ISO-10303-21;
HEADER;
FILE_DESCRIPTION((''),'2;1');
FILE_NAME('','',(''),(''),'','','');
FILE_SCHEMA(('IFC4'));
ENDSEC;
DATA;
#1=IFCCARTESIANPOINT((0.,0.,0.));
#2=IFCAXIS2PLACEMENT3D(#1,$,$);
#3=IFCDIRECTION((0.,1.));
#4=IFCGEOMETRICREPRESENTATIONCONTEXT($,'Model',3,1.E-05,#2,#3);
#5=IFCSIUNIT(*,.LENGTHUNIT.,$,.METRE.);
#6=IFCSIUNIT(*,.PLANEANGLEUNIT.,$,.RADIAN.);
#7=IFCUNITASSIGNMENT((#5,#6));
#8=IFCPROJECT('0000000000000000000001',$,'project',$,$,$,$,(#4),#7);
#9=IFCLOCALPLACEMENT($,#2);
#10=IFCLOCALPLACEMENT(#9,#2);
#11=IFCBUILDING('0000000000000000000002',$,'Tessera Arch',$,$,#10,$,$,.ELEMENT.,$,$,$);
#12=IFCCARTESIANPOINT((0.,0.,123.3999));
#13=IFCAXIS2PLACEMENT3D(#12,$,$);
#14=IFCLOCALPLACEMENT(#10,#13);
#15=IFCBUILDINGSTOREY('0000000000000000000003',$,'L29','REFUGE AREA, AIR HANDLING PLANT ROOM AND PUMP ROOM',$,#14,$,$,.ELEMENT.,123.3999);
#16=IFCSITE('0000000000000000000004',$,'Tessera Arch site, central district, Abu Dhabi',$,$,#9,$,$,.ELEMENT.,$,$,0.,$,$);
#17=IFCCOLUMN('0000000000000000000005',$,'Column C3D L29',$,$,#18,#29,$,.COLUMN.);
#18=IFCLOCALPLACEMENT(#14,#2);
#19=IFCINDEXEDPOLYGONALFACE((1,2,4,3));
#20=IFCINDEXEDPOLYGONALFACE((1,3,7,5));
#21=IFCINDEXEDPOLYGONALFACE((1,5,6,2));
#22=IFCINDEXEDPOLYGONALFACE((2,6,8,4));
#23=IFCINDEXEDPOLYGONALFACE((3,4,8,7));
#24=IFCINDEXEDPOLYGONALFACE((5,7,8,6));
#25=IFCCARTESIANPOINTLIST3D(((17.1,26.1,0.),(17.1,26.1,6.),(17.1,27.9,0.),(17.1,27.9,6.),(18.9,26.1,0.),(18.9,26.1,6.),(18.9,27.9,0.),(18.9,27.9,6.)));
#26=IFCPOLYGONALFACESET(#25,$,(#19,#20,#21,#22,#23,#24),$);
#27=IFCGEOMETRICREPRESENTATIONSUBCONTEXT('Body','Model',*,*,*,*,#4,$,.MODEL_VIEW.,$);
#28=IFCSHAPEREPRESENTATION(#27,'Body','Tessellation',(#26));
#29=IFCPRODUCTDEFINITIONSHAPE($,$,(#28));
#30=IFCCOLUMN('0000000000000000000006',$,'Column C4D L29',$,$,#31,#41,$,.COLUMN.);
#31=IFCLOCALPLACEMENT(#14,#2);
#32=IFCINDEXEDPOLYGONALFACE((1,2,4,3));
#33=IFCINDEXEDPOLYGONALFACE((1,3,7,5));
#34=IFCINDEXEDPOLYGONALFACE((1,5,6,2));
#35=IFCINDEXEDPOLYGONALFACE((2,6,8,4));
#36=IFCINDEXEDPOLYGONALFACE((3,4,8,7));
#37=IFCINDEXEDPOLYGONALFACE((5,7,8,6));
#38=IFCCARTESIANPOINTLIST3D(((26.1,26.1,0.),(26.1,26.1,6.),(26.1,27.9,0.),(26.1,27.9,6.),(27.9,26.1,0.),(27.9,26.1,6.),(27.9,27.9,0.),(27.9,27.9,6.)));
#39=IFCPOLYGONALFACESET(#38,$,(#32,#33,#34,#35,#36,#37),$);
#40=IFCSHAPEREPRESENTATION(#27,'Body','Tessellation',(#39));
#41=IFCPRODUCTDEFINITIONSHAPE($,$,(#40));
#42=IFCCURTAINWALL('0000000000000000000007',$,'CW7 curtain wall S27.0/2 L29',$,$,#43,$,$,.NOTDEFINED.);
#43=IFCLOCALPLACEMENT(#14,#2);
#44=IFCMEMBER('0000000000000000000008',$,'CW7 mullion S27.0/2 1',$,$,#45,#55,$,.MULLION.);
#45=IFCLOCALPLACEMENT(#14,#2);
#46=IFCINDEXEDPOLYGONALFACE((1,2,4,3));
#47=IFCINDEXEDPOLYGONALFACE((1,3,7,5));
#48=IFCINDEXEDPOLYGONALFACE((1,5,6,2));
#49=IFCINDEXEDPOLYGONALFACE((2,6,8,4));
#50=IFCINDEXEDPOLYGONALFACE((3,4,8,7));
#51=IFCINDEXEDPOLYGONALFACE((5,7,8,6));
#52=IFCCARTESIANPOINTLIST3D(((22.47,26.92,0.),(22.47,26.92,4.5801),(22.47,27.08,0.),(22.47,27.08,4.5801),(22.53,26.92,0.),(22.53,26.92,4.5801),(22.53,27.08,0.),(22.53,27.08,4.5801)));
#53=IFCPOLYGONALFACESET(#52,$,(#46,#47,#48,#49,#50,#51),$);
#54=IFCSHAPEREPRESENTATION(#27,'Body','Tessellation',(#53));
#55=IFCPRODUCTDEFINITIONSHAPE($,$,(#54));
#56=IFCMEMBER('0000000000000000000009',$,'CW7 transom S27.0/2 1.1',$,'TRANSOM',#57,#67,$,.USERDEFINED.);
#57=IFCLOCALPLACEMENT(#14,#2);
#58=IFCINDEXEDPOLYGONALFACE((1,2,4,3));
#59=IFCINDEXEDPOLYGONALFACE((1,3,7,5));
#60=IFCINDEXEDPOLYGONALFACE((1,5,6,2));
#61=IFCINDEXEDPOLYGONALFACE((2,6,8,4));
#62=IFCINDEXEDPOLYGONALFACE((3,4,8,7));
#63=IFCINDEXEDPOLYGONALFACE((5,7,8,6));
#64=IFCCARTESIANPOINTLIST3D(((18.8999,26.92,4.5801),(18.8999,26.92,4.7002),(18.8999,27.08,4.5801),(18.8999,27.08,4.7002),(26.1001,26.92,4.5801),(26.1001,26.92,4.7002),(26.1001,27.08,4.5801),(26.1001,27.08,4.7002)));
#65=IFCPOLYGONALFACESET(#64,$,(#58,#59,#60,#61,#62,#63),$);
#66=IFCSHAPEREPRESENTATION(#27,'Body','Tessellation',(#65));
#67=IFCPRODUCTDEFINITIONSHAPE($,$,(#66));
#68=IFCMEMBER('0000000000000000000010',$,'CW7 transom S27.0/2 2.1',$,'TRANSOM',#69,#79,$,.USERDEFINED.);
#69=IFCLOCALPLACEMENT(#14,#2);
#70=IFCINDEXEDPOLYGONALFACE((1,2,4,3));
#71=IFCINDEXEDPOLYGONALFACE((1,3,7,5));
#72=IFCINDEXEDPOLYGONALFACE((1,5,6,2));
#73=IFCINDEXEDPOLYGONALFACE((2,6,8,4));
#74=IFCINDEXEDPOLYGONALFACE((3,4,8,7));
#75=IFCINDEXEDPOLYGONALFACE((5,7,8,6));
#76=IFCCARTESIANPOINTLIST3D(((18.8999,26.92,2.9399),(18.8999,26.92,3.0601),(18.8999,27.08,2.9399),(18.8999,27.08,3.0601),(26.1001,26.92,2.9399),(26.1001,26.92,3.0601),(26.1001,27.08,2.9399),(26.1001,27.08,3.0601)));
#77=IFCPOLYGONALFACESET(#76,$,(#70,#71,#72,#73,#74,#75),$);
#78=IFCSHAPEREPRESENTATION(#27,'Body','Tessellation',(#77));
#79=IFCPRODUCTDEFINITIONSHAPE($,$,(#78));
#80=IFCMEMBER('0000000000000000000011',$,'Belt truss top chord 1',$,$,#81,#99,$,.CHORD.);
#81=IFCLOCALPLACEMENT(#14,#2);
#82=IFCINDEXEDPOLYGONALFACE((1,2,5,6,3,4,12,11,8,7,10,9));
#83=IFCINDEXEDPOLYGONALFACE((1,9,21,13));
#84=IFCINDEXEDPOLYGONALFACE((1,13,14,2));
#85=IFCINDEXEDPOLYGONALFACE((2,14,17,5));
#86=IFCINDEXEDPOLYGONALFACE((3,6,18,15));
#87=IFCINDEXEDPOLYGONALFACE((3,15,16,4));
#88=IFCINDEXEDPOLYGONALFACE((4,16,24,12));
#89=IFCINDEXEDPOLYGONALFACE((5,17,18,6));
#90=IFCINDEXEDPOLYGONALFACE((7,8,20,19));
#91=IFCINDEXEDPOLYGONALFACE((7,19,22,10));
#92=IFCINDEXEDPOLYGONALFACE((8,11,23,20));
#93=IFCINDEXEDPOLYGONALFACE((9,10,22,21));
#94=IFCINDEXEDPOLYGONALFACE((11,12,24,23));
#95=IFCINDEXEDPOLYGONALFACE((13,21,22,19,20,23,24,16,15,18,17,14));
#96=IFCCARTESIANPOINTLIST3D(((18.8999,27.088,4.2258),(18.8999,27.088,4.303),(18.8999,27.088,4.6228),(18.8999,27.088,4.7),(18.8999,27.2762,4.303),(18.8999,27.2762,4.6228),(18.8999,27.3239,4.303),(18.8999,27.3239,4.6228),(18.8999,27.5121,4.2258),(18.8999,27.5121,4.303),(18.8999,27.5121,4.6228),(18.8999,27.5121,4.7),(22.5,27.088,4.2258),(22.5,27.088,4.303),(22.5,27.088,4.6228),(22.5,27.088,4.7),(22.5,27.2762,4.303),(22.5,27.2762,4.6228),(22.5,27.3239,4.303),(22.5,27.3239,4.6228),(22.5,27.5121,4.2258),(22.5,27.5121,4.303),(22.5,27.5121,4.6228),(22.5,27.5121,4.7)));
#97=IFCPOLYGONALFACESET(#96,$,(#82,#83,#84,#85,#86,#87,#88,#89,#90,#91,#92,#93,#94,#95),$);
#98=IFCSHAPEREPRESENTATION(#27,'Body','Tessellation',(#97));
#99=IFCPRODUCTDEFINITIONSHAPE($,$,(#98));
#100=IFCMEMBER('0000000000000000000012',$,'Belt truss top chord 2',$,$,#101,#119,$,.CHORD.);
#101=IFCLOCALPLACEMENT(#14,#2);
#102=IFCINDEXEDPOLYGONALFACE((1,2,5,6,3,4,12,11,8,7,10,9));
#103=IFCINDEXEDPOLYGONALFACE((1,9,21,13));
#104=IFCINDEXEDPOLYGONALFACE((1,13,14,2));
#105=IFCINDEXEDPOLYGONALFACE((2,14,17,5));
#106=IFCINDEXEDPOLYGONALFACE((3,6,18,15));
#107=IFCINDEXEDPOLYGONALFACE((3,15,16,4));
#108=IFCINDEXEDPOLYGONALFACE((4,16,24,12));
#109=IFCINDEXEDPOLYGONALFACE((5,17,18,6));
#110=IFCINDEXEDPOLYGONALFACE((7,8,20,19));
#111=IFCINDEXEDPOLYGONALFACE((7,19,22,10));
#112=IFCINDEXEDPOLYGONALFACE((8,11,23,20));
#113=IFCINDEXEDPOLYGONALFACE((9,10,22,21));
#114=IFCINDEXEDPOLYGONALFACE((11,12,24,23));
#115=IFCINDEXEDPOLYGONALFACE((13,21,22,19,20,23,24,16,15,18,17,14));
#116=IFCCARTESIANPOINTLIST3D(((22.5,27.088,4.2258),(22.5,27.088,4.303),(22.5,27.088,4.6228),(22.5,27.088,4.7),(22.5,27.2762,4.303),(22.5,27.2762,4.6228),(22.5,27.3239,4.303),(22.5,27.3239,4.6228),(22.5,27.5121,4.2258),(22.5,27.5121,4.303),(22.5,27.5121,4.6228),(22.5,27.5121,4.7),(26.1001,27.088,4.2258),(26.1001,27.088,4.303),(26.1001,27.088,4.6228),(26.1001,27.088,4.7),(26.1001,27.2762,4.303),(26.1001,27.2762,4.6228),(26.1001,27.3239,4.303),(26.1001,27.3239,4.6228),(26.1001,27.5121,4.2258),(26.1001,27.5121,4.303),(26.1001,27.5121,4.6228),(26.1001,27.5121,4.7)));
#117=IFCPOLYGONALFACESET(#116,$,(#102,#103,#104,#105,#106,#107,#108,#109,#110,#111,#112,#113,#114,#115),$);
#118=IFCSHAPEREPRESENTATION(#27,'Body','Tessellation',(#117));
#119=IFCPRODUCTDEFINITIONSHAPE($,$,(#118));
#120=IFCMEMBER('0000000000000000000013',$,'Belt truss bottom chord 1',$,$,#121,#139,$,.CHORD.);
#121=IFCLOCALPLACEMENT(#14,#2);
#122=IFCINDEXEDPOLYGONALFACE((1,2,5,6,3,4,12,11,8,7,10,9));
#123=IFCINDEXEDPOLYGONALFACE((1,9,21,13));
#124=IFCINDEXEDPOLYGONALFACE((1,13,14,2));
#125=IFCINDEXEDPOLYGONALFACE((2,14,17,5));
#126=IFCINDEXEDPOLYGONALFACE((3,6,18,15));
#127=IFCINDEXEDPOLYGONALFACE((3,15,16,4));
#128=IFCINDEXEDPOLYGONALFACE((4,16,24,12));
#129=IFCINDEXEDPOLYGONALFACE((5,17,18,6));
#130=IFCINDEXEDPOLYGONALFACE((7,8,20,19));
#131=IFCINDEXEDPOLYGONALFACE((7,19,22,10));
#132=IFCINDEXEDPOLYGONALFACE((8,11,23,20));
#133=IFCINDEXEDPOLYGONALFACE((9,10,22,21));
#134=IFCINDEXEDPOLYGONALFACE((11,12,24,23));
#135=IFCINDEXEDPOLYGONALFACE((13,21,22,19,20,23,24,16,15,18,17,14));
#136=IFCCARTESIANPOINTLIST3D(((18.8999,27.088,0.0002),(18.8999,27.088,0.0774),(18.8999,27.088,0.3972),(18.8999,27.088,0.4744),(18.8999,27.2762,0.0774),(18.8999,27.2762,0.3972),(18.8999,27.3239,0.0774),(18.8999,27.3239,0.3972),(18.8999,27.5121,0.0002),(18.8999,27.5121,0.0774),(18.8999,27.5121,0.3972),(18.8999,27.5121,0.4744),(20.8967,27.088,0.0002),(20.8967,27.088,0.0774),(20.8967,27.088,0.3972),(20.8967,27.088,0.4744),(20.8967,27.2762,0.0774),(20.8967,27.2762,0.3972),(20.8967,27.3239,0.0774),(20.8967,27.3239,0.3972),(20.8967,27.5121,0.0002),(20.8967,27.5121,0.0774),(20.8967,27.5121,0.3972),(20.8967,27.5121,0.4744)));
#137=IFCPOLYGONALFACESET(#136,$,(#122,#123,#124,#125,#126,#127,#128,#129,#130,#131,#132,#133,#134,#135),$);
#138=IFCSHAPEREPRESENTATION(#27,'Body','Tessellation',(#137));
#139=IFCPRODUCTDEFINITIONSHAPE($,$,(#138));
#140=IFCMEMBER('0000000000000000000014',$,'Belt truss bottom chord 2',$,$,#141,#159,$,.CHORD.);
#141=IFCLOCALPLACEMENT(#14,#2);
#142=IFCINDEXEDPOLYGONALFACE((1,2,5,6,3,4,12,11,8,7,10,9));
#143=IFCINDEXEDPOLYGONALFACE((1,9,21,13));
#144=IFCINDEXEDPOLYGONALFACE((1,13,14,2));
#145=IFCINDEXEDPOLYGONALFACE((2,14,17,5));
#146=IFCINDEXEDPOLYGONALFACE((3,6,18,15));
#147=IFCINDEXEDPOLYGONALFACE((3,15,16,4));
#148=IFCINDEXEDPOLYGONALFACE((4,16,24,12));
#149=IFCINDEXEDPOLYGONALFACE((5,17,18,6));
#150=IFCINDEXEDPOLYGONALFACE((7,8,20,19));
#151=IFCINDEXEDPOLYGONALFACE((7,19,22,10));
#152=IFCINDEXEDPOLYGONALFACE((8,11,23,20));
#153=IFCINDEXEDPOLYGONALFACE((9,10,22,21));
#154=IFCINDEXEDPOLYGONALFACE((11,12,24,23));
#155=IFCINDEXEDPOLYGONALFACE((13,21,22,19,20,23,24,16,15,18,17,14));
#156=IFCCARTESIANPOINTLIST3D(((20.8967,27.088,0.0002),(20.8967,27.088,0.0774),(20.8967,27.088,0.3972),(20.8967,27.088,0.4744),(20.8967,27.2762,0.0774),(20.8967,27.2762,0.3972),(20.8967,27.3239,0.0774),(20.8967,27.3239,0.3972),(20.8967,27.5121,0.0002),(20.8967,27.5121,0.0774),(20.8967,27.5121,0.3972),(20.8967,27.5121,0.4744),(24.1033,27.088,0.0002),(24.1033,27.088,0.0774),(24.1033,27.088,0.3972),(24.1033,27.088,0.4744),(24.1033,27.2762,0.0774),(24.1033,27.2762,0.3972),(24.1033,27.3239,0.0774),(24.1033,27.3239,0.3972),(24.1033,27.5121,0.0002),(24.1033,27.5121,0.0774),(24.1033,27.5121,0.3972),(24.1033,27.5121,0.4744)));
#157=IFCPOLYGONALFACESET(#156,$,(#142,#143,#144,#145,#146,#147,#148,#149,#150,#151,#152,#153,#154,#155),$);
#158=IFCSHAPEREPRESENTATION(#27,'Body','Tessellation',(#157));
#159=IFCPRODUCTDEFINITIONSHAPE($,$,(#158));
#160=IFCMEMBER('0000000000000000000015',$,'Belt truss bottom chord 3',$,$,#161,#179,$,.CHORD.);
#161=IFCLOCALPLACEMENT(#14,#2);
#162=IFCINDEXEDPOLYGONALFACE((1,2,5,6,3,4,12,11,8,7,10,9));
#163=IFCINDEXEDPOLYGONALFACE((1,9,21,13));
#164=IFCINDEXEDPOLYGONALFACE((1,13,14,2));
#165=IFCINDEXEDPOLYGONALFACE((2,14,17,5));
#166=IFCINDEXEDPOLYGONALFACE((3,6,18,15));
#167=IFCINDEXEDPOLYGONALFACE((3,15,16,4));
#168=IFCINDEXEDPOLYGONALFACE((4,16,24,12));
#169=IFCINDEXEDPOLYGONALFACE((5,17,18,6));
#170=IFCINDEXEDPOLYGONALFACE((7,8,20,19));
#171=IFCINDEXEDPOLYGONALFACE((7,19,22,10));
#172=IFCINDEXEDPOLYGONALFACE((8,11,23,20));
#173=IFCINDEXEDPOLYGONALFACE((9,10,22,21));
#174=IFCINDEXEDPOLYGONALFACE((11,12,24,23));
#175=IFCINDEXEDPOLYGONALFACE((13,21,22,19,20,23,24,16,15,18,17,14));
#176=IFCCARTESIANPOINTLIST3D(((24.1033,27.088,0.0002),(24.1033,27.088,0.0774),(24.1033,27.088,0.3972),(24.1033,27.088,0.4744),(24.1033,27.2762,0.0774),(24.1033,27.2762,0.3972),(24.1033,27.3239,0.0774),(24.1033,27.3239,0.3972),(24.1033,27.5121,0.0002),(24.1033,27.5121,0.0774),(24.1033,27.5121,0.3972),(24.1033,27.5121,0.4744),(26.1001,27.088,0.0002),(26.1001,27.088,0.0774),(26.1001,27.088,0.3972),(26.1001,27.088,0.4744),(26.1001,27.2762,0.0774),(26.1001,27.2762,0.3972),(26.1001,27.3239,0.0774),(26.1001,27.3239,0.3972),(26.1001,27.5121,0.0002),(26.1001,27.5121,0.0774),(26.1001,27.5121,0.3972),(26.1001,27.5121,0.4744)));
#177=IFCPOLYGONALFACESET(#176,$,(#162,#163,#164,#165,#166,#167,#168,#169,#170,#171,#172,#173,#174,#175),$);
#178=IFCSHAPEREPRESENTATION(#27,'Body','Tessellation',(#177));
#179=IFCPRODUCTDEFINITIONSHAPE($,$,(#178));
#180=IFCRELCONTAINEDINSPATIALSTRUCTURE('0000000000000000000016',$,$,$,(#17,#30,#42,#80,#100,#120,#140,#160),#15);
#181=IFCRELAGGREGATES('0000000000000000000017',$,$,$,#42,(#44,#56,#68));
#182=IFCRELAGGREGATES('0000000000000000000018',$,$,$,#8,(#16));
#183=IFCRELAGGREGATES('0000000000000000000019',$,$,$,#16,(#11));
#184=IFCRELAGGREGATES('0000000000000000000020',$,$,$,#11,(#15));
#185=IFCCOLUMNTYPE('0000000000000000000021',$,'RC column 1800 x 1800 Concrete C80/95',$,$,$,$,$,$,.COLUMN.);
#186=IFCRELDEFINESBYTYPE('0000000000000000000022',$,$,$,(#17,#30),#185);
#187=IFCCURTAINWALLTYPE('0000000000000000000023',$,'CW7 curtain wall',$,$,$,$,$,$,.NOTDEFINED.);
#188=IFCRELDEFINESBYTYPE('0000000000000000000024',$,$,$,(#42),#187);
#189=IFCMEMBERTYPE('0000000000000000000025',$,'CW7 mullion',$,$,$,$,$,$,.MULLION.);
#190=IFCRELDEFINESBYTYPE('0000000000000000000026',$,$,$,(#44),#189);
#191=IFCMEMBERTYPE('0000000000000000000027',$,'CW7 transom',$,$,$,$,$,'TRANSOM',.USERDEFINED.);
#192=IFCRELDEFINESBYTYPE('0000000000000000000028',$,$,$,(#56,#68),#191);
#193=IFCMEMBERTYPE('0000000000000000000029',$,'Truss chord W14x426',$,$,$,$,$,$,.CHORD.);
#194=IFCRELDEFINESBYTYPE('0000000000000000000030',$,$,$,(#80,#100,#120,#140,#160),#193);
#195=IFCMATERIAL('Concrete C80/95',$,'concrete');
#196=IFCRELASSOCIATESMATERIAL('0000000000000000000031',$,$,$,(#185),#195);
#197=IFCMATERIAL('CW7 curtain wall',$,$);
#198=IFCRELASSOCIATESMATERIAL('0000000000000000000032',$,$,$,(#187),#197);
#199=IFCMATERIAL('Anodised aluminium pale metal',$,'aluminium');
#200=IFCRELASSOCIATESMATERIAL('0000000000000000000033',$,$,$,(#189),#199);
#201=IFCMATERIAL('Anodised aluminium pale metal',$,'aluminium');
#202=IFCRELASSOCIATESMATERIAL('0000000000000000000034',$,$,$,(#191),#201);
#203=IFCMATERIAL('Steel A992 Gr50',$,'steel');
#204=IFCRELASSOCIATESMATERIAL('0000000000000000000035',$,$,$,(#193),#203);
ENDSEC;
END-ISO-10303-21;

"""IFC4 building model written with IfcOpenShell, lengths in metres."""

from ifc_helpers import new_model, si_unit, direction, frame, origin, origin_2d, place, context, subcontext, project, spatial, rectangle, i_section, extrude, material, material_profile, profile_set, type_object, element, aggregate, save


model = new_model("IFC4")

# Units and contexts
model_context = context("Model", 3, precision=1e-05, world=origin(), true_north=direction((0.0, 1.0)))
body_context = subcontext(model_context, "Body", "Model", "MODEL_VIEW")
ifc_project = project(units=[si_unit("LENGTHUNIT", "METRE"), si_unit("PLANEANGLEUNIT", "RADIAN")], contexts=[model_context])

# Site, building, storey
site_placement = place(None, origin())
site = spatial("IfcSite", under=ifc_project, at=site_placement, Name="Tessera Arch site, central district, Abu Dhabi", CompositionType="ELEMENT", RefElevation=0.0)
building_placement = place(site_placement, origin())
building = spatial("IfcBuilding", under=site, at=building_placement, Name="Tessera Arch", CompositionType="ELEMENT")
storey_placement = place(building_placement, frame((0.0, 0.0, 123.3999)))
storey = spatial("IfcBuildingStorey", under=building, at=storey_placement, Name="L29", Description="REFUGE AREA, AIR HANDLING PLANT ROOM AND PUMP ROOM", CompositionType="ELEMENT", Elevation=123.3999)

# Columns
ifc_material_1 = material(Name="Concrete C80/95", Category="concrete")
ifc_material_profile_1 = material_profile(ifc_material_1, rectangle(XDim=1.8, YDim=1.8, at=origin_2d()), Name="RC column 1800 x 1800 Concrete C80/95")
ifc_profile_set_1 = profile_set([ifc_material_profile_1], Name="Concrete C80/95")
column_type = type_object("IfcColumnType", Name="RC column 1800 x 1800 Concrete C80/95", PredefinedType="COLUMN", material=ifc_profile_set_1)
for number, where, z_axis, x_axis, name in (
    (1, (18.0, 27.0, 0.0), (0.0, 0.0, 1.0), (1.0, 0.0, 0.0), "Column C3D L29"),
    (2, (27.0, 27.0, 0.0), (0.0, 0.0, 1.0), (1.0, 0.0, 0.0), "Column C4D L29"),
):
    element("IfcColumn", number, at=place(storey_placement, frame(where, z_axis=z_axis, x_axis=x_axis)), inside=storey, type_object=column_type, Name=name, PredefinedType="COLUMN", context=body_context, shape_type="SweptSolid", body=[
        extrude(rectangle(XDim=1.8, YDim=1.8, at=origin_2d()), origin(), (0.0, 0.0, 1.0), 6.0),
    ])

# Curtain wall, members
ifc_material_2 = material(Name="CW7 curtain wall")
curtain_wall_type = type_object("IfcCurtainWallType", Name="CW7 curtain wall", PredefinedType="NOTDEFINED", material=ifc_material_2)
curtain_wall_1_placement = place(storey_placement, origin())
curtain_wall_1 = element("IfcCurtainWall", 3, at=curtain_wall_1_placement, inside=storey, type_object=curtain_wall_type, Name="CW7 curtain wall S27.0/2 L29", PredefinedType="NOTDEFINED")
ifc_material_3 = material(Name="Anodised aluminium pale metal", Category="aluminium")
ifc_material_profile_2 = material_profile(ifc_material_3, rectangle(XDim=0.1599, YDim=0.0601, at=origin_2d()), Name="AL 60x160")
ifc_profile_set_2 = profile_set([ifc_material_profile_2], Name="Anodised aluminium pale metal")
member_type_1 = type_object("IfcMemberType", Name="CW7 mullion", PredefinedType="MULLION", material=ifc_profile_set_2)
member_1_placement = place(storey_placement, frame((22.5, 27.0, 0.0), z_axis=(0.0, 0.0, 1.0), x_axis=(0.0, 1.0, 0.0)))
member_1 = element("IfcMember", 4, at=member_1_placement, type_object=member_type_1, Name="CW7 mullion S27.0/2 1", PredefinedType="MULLION", context=body_context, shape_type="SweptSolid", body=[
    extrude(rectangle(XDim=0.1599, YDim=0.0601, at=origin_2d()), origin(), (0.0, 0.0, 1.0), 4.5801),
])
ifc_material_4 = material(Name="Anodised aluminium pale metal", Category="aluminium")
ifc_material_profile_3 = material_profile(ifc_material_4, rectangle(XDim=0.1599, YDim=0.1201, at=origin_2d()), Name="AL 160x120")
ifc_profile_set_3 = profile_set([ifc_material_profile_3], Name="Anodised aluminium pale metal")
member_type_2 = type_object("IfcMemberType", Name="CW7 transom", ElementType="TRANSOM", PredefinedType="USERDEFINED", material=ifc_profile_set_3)
member_2_placement = place(storey_placement, frame((18.8999, 27.0, 4.6401), z_axis=(1.0, 0.0, 0.0), x_axis=(0.0, 1.0, 0.0)))
member_2 = element("IfcMember", 5, at=member_2_placement, type_object=member_type_2, Name="CW7 transom S27.0/2 1.1", ObjectType="TRANSOM", PredefinedType="USERDEFINED", context=body_context, shape_type="SweptSolid", body=[
    extrude(rectangle(XDim=0.1599, YDim=0.1201, at=origin_2d()), origin(), (0.0, 0.0, 1.0), 7.2002),
])
member_3_placement = place(storey_placement, frame((18.8999, 27.0, 3.0), z_axis=(1.0, 0.0, 0.0), x_axis=(0.0, 1.0, 0.0)))
member_3 = element("IfcMember", 6, at=member_3_placement, type_object=member_type_2, Name="CW7 transom S27.0/2 2.1", ObjectType="TRANSOM", PredefinedType="USERDEFINED", context=body_context, shape_type="SweptSolid", body=[
    extrude(rectangle(XDim=0.1599, YDim=0.1201, at=origin_2d()), origin(), (0.0, 0.0, 1.0), 7.2002),
])

# Members
ifc_material_5 = material(Name="Steel A992 Gr50", Category="steel")
ifc_material_profile_4 = material_profile(ifc_material_5, i_section(OverallWidth=0.4241, OverallDepth=0.4741, WebThickness=0.0476, FlangeThickness=0.0771, at=origin_2d()), Name="W14x426")
ifc_profile_set_4 = profile_set([ifc_material_profile_4], Name="Steel A992 Gr50")
member_type_3 = type_object("IfcMemberType", Name="Truss chord W14x426", PredefinedType="CHORD", material=ifc_profile_set_4)
for number, where, z_axis, x_axis, name in (
    (7, (18.8999, 27.3, 4.4629), (1.0, 0.0, 0.0), (0.0, 1.0, 0.0), "Belt truss top chord 1"),
    (8, (22.5, 27.3, 4.4629), (1.0, 0.0, 0.0), (0.0, 1.0, 0.0), "Belt truss top chord 2"),
):
    element("IfcMember", number, at=place(storey_placement, frame(where, z_axis=z_axis, x_axis=x_axis)), inside=storey, type_object=member_type_3, Name=name, PredefinedType="CHORD", context=body_context, shape_type="SweptSolid", body=[
        extrude(i_section(OverallWidth=0.4241, OverallDepth=0.4741, WebThickness=0.0476, FlangeThickness=0.0771, at=origin_2d()), origin(), (0.0, 0.0, 1.0), 3.6001),
    ])
member_4_placement = place(storey_placement, frame((18.8999, 27.3, 0.2373), z_axis=(1.0, 0.0, 0.0), x_axis=(0.0, 1.0, 0.0)))
element("IfcMember", 9, at=member_4_placement, inside=storey, type_object=member_type_3, Name="Belt truss bottom chord 1", PredefinedType="CHORD", context=body_context, shape_type="SweptSolid", body=[
    extrude(i_section(OverallWidth=0.4241, OverallDepth=0.4741, WebThickness=0.0476, FlangeThickness=0.0771, at=origin_2d()), origin(), (0.0, 0.0, 1.0), 1.9968),
])
member_5_placement = place(storey_placement, frame((20.8967, 27.3, 0.2373), z_axis=(1.0, 0.0, 0.0), x_axis=(0.0, 1.0, 0.0)))
element("IfcMember", 10, at=member_5_placement, inside=storey, type_object=member_type_3, Name="Belt truss bottom chord 2", PredefinedType="CHORD", context=body_context, shape_type="SweptSolid", body=[
    extrude(i_section(OverallWidth=0.4241, OverallDepth=0.4741, WebThickness=0.0476, FlangeThickness=0.0771, at=origin_2d()), origin(), (0.0, 0.0, 1.0), 3.2065),
])
member_6_placement = place(storey_placement, frame((24.1033, 27.3, 0.2373), z_axis=(1.0, 0.0, 0.0), x_axis=(0.0, 1.0, 0.0)))
element("IfcMember", 11, at=member_6_placement, inside=storey, type_object=member_type_3, Name="Belt truss bottom chord 3", PredefinedType="CHORD", context=body_context, shape_type="SweptSolid", body=[
    extrude(i_section(OverallWidth=0.4241, OverallDepth=0.4741, WebThickness=0.0476, FlangeThickness=0.0771, at=origin_2d()), origin(), (0.0, 0.0, 1.0), 1.9968),
])

aggregate(curtain_wall_1, [member_1, member_2, member_3])

save(model, "model.ifc")
